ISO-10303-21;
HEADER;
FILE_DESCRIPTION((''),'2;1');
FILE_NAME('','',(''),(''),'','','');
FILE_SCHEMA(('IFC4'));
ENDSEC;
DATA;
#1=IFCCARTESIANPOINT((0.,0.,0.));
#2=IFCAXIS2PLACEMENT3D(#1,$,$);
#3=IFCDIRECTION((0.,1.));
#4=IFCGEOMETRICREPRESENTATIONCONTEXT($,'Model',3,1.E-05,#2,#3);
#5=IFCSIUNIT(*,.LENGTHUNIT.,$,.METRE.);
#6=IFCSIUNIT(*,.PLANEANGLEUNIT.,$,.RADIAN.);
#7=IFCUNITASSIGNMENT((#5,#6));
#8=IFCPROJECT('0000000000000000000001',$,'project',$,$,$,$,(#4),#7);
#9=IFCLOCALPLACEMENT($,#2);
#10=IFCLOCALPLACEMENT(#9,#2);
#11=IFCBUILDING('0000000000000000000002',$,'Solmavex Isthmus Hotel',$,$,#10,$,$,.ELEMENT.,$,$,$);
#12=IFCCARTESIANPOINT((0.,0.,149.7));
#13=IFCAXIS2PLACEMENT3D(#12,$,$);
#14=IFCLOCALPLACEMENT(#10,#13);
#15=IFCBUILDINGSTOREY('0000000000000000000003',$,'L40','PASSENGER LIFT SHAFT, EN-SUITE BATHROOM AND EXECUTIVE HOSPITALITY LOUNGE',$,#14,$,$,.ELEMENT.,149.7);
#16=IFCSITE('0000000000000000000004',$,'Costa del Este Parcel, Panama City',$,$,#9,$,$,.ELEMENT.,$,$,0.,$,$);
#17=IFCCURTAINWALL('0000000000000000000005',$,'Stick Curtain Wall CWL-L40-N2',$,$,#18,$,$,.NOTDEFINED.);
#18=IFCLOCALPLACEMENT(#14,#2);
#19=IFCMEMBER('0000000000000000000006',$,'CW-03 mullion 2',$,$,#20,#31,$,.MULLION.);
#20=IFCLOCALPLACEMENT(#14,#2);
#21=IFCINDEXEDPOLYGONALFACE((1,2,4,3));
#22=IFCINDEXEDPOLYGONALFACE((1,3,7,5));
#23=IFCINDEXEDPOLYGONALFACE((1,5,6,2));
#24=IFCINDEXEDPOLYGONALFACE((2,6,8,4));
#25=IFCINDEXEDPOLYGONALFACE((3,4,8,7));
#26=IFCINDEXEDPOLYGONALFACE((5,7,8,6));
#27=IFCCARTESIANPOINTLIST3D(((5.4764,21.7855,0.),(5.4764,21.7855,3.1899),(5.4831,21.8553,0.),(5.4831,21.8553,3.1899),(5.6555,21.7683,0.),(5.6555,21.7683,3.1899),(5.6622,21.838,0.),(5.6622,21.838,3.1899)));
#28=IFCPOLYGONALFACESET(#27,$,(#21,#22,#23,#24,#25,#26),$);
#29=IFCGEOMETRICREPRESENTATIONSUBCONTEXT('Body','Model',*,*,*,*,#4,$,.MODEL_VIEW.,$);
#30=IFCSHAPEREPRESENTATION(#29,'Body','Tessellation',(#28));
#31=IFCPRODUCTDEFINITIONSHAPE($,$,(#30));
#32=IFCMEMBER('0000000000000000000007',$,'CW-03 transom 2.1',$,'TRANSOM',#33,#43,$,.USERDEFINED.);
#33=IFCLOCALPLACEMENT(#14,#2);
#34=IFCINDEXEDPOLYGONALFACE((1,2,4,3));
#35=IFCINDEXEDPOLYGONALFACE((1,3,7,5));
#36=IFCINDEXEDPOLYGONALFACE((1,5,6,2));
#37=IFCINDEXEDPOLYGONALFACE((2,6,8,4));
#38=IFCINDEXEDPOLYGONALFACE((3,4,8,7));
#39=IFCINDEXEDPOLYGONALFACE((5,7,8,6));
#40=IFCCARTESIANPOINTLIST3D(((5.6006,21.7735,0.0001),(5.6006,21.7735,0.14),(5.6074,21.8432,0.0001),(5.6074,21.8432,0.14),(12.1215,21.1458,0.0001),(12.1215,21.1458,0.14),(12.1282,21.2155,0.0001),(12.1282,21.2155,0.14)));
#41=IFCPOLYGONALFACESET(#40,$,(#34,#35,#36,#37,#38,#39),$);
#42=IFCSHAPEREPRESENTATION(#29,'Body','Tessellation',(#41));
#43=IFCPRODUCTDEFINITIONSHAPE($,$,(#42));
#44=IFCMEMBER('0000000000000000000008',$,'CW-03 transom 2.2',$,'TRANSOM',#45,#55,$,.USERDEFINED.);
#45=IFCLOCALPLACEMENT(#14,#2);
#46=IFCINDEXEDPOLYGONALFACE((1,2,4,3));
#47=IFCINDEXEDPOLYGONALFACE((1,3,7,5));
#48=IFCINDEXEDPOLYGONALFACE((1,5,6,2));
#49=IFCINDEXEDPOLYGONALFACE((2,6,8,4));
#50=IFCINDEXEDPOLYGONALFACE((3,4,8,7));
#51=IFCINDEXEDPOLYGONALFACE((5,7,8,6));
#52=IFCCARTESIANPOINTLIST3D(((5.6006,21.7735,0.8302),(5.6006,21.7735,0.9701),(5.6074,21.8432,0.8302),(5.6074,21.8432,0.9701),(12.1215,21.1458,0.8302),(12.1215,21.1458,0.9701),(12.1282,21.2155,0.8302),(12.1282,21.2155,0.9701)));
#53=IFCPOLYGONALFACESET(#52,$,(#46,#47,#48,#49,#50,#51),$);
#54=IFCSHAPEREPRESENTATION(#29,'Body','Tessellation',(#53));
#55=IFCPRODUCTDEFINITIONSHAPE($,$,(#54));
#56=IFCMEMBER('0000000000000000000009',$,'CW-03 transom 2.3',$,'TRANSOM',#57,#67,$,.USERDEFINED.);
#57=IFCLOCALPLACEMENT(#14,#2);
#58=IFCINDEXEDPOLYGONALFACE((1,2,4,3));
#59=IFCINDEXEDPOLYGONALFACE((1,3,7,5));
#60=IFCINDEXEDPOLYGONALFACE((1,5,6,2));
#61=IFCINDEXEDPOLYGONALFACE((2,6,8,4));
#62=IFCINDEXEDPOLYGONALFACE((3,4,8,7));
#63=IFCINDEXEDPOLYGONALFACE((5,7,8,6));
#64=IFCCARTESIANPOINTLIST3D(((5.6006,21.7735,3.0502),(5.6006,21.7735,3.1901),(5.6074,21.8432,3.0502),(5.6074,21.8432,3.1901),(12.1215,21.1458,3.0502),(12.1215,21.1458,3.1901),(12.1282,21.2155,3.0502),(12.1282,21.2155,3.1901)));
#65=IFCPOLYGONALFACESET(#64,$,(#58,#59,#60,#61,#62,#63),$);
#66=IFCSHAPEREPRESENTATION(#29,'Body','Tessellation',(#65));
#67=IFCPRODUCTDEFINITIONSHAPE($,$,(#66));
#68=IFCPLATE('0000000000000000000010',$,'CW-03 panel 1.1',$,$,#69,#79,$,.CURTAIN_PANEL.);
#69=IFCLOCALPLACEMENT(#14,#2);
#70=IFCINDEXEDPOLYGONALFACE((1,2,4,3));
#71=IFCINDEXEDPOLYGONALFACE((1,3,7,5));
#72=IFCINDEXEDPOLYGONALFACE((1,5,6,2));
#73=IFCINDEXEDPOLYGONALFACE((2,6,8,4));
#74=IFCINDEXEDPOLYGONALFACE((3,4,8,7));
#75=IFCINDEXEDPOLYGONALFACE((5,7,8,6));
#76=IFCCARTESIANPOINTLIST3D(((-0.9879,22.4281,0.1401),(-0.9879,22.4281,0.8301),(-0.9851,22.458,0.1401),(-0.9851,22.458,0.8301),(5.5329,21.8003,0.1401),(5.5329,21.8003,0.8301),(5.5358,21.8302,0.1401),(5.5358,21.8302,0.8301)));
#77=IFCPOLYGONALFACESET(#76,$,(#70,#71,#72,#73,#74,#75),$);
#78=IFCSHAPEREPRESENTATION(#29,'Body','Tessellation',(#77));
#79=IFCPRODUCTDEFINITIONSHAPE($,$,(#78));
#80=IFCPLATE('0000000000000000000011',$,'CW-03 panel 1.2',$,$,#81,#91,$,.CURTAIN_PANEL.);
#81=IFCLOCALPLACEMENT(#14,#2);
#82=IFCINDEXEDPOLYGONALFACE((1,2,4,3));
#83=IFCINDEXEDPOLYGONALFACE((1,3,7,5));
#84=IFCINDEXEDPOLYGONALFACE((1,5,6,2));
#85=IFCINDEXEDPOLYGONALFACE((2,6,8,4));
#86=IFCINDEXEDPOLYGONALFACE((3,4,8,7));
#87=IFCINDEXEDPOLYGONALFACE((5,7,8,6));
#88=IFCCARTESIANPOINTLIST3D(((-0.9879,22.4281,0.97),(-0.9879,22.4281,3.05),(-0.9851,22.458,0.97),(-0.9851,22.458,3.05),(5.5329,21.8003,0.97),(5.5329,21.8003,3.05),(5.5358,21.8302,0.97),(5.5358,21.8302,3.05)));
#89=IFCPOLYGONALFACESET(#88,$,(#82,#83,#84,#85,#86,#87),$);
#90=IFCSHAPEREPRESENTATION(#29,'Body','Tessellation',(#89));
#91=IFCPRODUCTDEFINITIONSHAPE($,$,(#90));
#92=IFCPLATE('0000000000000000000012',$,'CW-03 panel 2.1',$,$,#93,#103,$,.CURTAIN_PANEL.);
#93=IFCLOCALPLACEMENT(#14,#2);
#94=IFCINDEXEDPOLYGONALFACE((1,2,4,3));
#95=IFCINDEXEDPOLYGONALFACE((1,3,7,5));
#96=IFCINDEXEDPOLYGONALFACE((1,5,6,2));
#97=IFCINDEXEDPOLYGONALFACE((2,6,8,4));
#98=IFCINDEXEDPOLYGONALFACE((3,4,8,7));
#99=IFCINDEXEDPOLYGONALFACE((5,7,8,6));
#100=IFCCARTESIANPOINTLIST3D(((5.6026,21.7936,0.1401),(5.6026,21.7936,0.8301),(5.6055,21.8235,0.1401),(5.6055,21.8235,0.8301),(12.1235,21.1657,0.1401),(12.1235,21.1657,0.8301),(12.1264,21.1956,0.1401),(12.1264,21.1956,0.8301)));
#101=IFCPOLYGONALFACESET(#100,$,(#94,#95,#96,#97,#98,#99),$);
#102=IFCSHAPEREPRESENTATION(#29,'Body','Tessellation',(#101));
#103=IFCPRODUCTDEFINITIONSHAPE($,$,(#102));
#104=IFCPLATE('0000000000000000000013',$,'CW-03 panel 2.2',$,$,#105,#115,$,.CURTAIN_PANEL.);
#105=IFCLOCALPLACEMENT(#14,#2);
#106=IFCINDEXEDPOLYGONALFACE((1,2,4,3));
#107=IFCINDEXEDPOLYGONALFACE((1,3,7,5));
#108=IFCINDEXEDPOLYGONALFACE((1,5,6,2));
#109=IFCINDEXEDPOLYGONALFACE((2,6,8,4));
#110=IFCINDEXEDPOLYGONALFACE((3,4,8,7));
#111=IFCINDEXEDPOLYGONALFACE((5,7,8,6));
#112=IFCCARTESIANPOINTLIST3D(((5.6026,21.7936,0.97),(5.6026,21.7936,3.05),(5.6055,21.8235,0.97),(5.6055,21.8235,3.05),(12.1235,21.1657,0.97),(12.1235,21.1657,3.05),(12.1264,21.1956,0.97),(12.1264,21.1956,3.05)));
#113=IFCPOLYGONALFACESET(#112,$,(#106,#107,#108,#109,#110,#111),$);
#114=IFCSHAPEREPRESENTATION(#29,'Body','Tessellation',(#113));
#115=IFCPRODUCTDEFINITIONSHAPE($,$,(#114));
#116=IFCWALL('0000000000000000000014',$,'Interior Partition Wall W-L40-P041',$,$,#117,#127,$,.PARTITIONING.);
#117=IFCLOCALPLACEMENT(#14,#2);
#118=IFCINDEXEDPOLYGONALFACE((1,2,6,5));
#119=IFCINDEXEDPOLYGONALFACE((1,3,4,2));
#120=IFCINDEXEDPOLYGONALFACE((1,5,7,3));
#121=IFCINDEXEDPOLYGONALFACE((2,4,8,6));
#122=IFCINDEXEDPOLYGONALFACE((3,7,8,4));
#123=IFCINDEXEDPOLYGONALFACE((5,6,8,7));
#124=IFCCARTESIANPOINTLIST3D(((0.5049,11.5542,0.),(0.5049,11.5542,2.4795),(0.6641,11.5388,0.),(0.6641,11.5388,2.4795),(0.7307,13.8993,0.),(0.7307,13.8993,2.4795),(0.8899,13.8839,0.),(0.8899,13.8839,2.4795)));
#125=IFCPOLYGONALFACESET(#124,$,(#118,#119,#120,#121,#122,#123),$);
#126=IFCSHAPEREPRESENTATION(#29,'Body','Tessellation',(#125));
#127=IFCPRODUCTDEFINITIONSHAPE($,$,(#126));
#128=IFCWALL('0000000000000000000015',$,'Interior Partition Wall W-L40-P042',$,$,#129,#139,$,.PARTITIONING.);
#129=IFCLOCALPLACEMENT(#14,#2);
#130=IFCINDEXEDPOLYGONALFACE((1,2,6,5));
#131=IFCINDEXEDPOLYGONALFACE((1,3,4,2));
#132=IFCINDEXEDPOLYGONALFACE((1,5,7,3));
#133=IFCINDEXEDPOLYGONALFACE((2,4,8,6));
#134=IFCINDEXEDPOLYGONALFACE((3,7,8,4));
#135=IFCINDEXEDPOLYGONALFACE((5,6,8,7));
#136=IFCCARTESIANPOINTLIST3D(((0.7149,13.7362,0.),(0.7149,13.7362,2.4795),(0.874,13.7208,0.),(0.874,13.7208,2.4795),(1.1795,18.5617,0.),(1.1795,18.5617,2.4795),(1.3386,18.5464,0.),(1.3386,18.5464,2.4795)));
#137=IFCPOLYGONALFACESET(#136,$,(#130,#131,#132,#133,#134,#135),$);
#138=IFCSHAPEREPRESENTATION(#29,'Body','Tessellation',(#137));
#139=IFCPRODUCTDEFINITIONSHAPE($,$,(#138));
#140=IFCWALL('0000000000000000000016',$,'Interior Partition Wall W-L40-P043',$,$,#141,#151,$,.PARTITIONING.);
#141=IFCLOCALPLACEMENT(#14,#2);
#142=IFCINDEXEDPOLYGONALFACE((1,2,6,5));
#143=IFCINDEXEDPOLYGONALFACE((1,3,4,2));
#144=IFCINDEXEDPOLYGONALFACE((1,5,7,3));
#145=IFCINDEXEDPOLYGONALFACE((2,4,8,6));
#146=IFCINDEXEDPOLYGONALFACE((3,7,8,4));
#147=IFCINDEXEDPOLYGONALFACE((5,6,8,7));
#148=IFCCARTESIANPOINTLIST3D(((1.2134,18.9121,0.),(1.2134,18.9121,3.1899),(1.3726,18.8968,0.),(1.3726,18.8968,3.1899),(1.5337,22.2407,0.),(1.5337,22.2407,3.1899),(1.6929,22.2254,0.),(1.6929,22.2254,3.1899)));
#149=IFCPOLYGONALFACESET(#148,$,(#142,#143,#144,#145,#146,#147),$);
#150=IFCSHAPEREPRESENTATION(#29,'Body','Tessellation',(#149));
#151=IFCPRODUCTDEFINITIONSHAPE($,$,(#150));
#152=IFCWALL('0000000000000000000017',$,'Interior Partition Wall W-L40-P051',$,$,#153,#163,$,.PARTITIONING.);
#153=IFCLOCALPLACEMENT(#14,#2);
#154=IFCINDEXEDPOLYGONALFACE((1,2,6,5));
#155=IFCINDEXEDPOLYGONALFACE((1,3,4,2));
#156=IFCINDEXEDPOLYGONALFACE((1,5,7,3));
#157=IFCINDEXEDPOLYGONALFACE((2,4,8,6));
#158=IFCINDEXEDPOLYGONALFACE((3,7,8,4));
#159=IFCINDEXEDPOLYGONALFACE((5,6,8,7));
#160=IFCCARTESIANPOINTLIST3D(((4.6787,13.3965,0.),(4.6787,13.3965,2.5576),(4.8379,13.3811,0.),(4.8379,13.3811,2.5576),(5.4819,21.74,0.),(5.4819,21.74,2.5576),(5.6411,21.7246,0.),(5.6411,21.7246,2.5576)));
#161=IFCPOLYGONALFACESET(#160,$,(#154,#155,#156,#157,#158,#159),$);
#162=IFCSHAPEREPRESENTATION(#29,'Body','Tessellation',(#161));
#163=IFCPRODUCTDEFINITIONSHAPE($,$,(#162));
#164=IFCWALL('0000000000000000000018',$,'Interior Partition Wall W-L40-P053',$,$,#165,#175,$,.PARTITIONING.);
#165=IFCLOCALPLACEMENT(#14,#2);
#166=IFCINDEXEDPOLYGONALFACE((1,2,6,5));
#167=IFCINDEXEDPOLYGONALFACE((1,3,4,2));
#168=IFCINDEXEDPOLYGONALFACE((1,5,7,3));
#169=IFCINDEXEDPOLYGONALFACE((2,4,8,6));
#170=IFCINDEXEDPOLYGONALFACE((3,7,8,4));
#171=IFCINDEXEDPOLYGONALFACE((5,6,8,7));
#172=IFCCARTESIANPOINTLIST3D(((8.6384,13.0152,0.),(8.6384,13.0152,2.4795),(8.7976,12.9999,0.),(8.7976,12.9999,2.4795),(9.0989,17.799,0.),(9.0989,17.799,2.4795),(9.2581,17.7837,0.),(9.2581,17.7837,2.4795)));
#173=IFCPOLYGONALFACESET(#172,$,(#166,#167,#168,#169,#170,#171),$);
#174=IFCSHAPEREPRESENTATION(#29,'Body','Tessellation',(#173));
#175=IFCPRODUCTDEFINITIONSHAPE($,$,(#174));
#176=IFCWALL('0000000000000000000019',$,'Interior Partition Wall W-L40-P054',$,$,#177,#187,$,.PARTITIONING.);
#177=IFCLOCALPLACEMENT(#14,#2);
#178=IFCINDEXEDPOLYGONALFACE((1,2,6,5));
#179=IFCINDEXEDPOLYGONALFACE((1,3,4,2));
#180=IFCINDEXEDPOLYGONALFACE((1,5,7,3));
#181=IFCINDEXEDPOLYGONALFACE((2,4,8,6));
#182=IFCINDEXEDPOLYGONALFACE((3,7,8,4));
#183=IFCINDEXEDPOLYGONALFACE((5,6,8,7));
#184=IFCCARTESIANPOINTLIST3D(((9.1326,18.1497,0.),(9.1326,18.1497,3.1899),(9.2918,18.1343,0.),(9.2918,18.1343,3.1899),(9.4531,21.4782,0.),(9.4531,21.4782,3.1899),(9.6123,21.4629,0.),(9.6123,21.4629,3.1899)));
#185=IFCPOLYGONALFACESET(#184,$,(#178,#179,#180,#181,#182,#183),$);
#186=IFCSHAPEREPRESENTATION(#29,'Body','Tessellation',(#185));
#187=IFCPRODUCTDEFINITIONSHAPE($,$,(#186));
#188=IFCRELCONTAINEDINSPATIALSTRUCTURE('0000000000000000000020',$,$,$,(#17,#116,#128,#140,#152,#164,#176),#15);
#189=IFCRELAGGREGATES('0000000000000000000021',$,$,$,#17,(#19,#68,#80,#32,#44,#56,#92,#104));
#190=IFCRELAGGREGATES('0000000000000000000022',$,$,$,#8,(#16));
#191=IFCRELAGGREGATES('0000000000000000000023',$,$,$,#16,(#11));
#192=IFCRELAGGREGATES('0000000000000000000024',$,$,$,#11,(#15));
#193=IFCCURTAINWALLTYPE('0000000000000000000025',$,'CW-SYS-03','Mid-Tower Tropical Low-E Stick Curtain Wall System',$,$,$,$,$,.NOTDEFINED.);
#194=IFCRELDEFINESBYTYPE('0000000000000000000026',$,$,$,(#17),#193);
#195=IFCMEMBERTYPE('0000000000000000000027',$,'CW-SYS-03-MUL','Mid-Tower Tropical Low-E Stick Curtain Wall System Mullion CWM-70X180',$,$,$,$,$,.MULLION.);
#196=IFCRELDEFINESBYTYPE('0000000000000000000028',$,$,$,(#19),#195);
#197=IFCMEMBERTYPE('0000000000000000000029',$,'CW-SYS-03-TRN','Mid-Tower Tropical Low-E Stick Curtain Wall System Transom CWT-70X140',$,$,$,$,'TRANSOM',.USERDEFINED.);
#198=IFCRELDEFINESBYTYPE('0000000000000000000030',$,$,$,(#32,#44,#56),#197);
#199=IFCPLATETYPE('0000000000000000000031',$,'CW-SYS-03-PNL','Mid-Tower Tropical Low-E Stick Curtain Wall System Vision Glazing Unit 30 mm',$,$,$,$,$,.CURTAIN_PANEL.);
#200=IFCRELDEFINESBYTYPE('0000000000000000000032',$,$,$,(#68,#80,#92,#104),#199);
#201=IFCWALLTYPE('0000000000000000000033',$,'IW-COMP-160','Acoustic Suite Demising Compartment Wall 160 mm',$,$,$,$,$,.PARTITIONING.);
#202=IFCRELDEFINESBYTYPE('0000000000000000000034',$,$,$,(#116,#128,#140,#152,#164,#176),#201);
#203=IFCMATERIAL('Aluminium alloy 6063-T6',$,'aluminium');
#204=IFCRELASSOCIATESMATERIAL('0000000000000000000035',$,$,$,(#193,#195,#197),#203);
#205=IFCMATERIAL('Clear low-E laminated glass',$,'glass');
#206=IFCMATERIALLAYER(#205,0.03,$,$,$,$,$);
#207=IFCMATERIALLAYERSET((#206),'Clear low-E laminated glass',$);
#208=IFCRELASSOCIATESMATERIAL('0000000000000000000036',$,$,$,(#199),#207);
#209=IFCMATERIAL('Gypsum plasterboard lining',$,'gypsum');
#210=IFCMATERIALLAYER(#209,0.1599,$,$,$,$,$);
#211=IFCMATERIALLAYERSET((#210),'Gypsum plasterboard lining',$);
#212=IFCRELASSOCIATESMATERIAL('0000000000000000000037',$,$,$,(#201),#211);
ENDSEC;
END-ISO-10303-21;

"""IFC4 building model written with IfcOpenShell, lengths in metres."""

from ifc_helpers import new_model, si_unit, direction, frame, frame_2d, origin, origin_2d, place, context, subcontext, project, spatial, rectangle, extrude, material, layer, layer_set, material_profile, profile_set, type_object, element, aggregate, save


model = new_model("IFC4")

# Units and contexts
model_context = context("Model", 3, precision=1e-05, world=origin(), true_north=direction((0.0, 1.0)))
body_context = subcontext(model_context, "Body", "Model", "MODEL_VIEW")
ifc_project = project(units=[si_unit("LENGTHUNIT", "METRE"), si_unit("PLANEANGLEUNIT", "RADIAN")], contexts=[model_context])

# Site, building, storey
site_placement = place(None, origin())
site = spatial("IfcSite", under=ifc_project, at=site_placement, Name="Costa del Este Parcel, Panama City", CompositionType="ELEMENT", RefElevation=0.0)
building_placement = place(site_placement, origin())
building = spatial("IfcBuilding", under=site, at=building_placement, Name="Solmavex Isthmus Hotel", CompositionType="ELEMENT")
storey_placement = place(building_placement, frame((0.0, 0.0, 149.7)))
storey = spatial("IfcBuildingStorey", under=building, at=storey_placement, Name="L40", Description="PASSENGER LIFT SHAFT, EN-SUITE BATHROOM AND EXECUTIVE HOSPITALITY LOUNGE", CompositionType="ELEMENT", Elevation=149.7)

# Curtain wall, members, plates
ifc_material_1 = material(Name="Aluminium alloy 6063-T6", Category="aluminium")
curtain_wall_type = type_object("IfcCurtainWallType", Name="CW-SYS-03", Description="Mid-Tower Tropical Low-E Stick Curtain Wall System", PredefinedType="NOTDEFINED", material=ifc_material_1)
curtain_wall_placement = place(storey_placement, origin())
curtain_wall = element("IfcCurtainWall", 1, at=curtain_wall_placement, inside=storey, type_object=curtain_wall_type, Name="Stick Curtain Wall CWL-L40-N2", PredefinedType="NOTDEFINED")
ifc_material_profile_1 = material_profile(ifc_material_1, rectangle(XDim=0.0701, YDim=0.1799, at=origin_2d()), Name="CWM-70X180")
ifc_profile_set_1 = profile_set([ifc_material_profile_1], Name="Aluminium alloy 6063-T6")
member_type_1 = type_object("IfcMemberType", Name="CW-SYS-03-MUL", Description="Mid-Tower Tropical Low-E Stick Curtain Wall System Mullion CWM-70X180", PredefinedType="MULLION", material=ifc_profile_set_1)
member_1_placement = place(storey_placement, frame((5.5693, 21.8118, 0.0), z_axis=(0.0, 0.0, 1.0), x_axis=(0.095845, 0.995396, 0.0)))
member_1 = element("IfcMember", 2, at=member_1_placement, type_object=member_type_1, Name="CW-03 mullion 2", PredefinedType="MULLION", context=body_context, shape_type="SweptSolid", body=[
    extrude(rectangle(XDim=0.0701, YDim=0.1799, at=origin_2d()), origin(), (0.0, 0.0, 1.0), 3.1899),
])
ifc_material_profile_2 = material_profile(ifc_material_1, rectangle(XDim=0.0701, YDim=0.1399, at=origin_2d()), Name="CWT-70X140")
ifc_profile_set_2 = profile_set([ifc_material_profile_2], Name="Aluminium alloy 6063-T6")
member_type_2 = type_object("IfcMemberType", Name="CW-SYS-03-TRN", Description="Mid-Tower Tropical Low-E Stick Curtain Wall System Transom CWT-70X140", ElementType="TRANSOM", PredefinedType="USERDEFINED", material=ifc_profile_set_2)
member_2_placement = place(storey_placement, frame((5.604, 21.8083, 0.0701), z_axis=(0.995399, -0.095813, 0.0), x_axis=(0.095813, 0.995399, 0.0)))
member_2 = element("IfcMember", 3, at=member_2_placement, type_object=member_type_2, Name="CW-03 transom 2.1", ObjectType="TRANSOM", PredefinedType="USERDEFINED", context=body_context, shape_type="SweptSolid", body=[
    extrude(rectangle(XDim=0.0701, YDim=0.1399, at=origin_2d()), origin(), (0.0, 0.0, 1.0), 6.551),
])
member_3_placement = place(storey_placement, frame((5.604, 21.8083, 0.9001), z_axis=(0.995399, -0.095813, 0.0), x_axis=(0.095813, 0.995399, 0.0)))
member_3 = element("IfcMember", 4, at=member_3_placement, type_object=member_type_2, Name="CW-03 transom 2.2", ObjectType="TRANSOM", PredefinedType="USERDEFINED", context=body_context, shape_type="SweptSolid", body=[
    extrude(rectangle(XDim=0.0701, YDim=0.1399, at=origin_2d()), origin(), (0.0, 0.0, 1.0), 6.551),
])
member_4_placement = place(storey_placement, frame((5.604, 21.8083, 3.1201), z_axis=(0.995399, -0.095813, 0.0), x_axis=(0.095813, 0.995399, 0.0)))
member_4 = element("IfcMember", 5, at=member_4_placement, type_object=member_type_2, Name="CW-03 transom 2.3", ObjectType="TRANSOM", PredefinedType="USERDEFINED", context=body_context, shape_type="SweptSolid", body=[
    extrude(rectangle(XDim=0.0701, YDim=0.1399, at=origin_2d()), origin(), (0.0, 0.0, 1.0), 6.551),
])
ifc_material_2 = material(Name="Clear low-E laminated glass", Category="glass")
ifc_layer_1 = layer(ifc_material_2, 0.03)
ifc_layer_set_1 = layer_set([ifc_layer_1], Name="Clear low-E laminated glass")
plate_type = type_object("IfcPlateType", Name="CW-SYS-03-PNL", Description="Mid-Tower Tropical Low-E Stick Curtain Wall System Vision Glazing Unit 30 mm", PredefinedType="CURTAIN_PANEL", material=ifc_layer_set_1)
plate_1_placement = place(storey_placement, frame((2.2739, 22.1292, 0.1401), z_axis=(0.0, 0.0, 1.0), x_axis=(0.995396, -0.095845, 0.0)))
plate_1 = element("IfcPlate", 6, at=plate_1_placement, type_object=plate_type, Name="CW-03 panel 1.1", PredefinedType="CURTAIN_PANEL", context=body_context, shape_type="SweptSolid", body=[
    extrude(rectangle(XDim=6.551, YDim=0.03, at=origin_2d()), origin(), (0.0, 0.0, 1.0), 0.6899),
])
plate_2_placement = place(storey_placement, frame((2.2739, 22.1292, 0.97), z_axis=(0.0, 0.0, 1.0), x_axis=(0.995396, -0.095845, 0.0)))
plate_2 = element("IfcPlate", 7, at=plate_2_placement, type_object=plate_type, Name="CW-03 panel 1.2", PredefinedType="CURTAIN_PANEL", context=body_context, shape_type="SweptSolid", body=[
    extrude(rectangle(XDim=6.551, YDim=0.03, at=origin_2d()), origin(), (0.0, 0.0, 1.0), 2.0801),
])
plate_3_placement = place(storey_placement, frame((8.8645, 21.4946, 0.1401), z_axis=(0.0, 0.0, 1.0), x_axis=(0.995396, -0.095845, 0.0)))
plate_3 = element("IfcPlate", 8, at=plate_3_placement, type_object=plate_type, Name="CW-03 panel 2.1", PredefinedType="CURTAIN_PANEL", context=body_context, shape_type="SweptSolid", body=[
    extrude(rectangle(XDim=6.551, YDim=0.03, at=origin_2d()), origin(), (0.0, 0.0, 1.0), 0.6899),
])
plate_4_placement = place(storey_placement, frame((8.8645, 21.4946, 0.97), z_axis=(0.0, 0.0, 1.0), x_axis=(0.995396, -0.095845, 0.0)))
plate_4 = element("IfcPlate", 9, at=plate_4_placement, type_object=plate_type, Name="CW-03 panel 2.2", PredefinedType="CURTAIN_PANEL", context=body_context, shape_type="SweptSolid", body=[
    extrude(rectangle(XDim=6.551, YDim=0.03, at=origin_2d()), origin(), (0.0, 0.0, 1.0), 2.0801),
])
aggregate(curtain_wall, [member_1, plate_1, plate_2, member_2, member_3, member_4, plate_3, plate_4])

# Walls
ifc_material_3 = material(Name="Gypsum plasterboard lining", Category="gypsum")
ifc_layer_2 = layer(ifc_material_3, 0.1599)
ifc_layer_set_2 = layer_set([ifc_layer_2], Name="Gypsum plasterboard lining")
wall_type_1 = type_object("IfcWallType", Name="IW-COMP-160", Description="Acoustic Suite Demising Compartment Wall 160 mm", PredefinedType="PARTITIONING", material=ifc_layer_set_2)
wall_1_placement = place(storey_placement, frame((0.8103, 13.8916, 0.0), z_axis=(0.0, 0.0, 1.0), x_axis=(-0.095851, -0.995396, 0.0)))
element("IfcWall", 10, at=wall_1_placement, inside=storey, type_object=wall_type_1, Name="Interior Partition Wall W-L40-P041", PredefinedType="PARTITIONING", context=body_context, shape_type="SweptSolid", body=[
    extrude(rectangle(XDim=2.356, YDim=0.1599, at=frame_2d((1.178, 0.0))), origin(), (0.0, 0.0, 1.0), 2.4795),
])
wall_2_placement = place(storey_placement, frame((1.259, 18.554, 0.0), z_axis=(0.0, 0.0, 1.0), x_axis=(-0.095833, -0.995397, 0.0)))
element("IfcWall", 11, at=wall_2_placement, inside=storey, type_object=wall_type_1, Name="Interior Partition Wall W-L40-P042", PredefinedType="PARTITIONING", context=body_context, shape_type="SweptSolid", body=[
    extrude(rectangle(XDim=4.8479, YDim=0.1599, at=frame_2d((2.4238, 0.0))), origin(), (0.0, 0.0, 1.0), 2.4795),
])
wall_3_placement = place(storey_placement, frame((1.6133, 22.2329, 0.0), z_axis=(0.0, 0.0, 1.0), x_axis=(-0.095788, -0.995402, 0.0)))
element("IfcWall", 12, at=wall_3_placement, inside=storey, type_object=wall_type_1, Name="Interior Partition Wall W-L40-P043", PredefinedType="PARTITIONING", context=body_context, shape_type="SweptSolid", body=[
    extrude(rectangle(XDim=3.344, YDim=0.1599, at=frame_2d((1.6719, 0.0))), origin(), (0.0, 0.0, 1.0), 3.1899),
])

# Walls
wall_4_placement = place(storey_placement, frame((5.5615, 21.7322, 0.0), z_axis=(0.0, 0.0, 1.0), x_axis=(-0.095826, -0.995398, 0.0)))
element("IfcWall", 13, at=wall_4_placement, inside=storey, type_object=wall_type_1, Name="Interior Partition Wall W-L40-P051", PredefinedType="PARTITIONING", context=body_context, shape_type="SweptSolid", body=[
    extrude(rectangle(XDim=8.3821, YDim=0.1599, at=frame_2d((4.1909, 0.0))), origin(), (0.0, 0.0, 1.0), 2.5576),
])
wall_5_placement = place(storey_placement, frame((9.1785, 17.7913, 0.0), z_axis=(0.0, 0.0, 1.0), x_axis=(-0.095811, -0.9954, 0.0)))
element("IfcWall", 14, at=wall_5_placement, inside=storey, type_object=wall_type_1, Name="Interior Partition Wall W-L40-P053", PredefinedType="PARTITIONING", context=body_context, shape_type="SweptSolid", body=[
    extrude(rectangle(XDim=4.8059, YDim=0.1599, at=frame_2d((2.4028, 0.0))), origin(), (0.0, 0.0, 1.0), 2.4795),
])
wall_6_placement = place(storey_placement, frame((9.5327, 21.4705, 0.0), z_axis=(0.0, 0.0, 1.0), x_axis=(-0.09586, -0.995395, 0.0)))
element("IfcWall", 15, at=wall_6_placement, inside=storey, type_object=wall_type_1, Name="Interior Partition Wall W-L40-P054", PredefinedType="PARTITIONING", context=body_context, shape_type="SweptSolid", body=[
    extrude(rectangle(XDim=3.344, YDim=0.1599, at=frame_2d((1.6719, 0.0))), origin(), (0.0, 0.0, 1.0), 3.1899),
])

save(model, "model.ifc")
